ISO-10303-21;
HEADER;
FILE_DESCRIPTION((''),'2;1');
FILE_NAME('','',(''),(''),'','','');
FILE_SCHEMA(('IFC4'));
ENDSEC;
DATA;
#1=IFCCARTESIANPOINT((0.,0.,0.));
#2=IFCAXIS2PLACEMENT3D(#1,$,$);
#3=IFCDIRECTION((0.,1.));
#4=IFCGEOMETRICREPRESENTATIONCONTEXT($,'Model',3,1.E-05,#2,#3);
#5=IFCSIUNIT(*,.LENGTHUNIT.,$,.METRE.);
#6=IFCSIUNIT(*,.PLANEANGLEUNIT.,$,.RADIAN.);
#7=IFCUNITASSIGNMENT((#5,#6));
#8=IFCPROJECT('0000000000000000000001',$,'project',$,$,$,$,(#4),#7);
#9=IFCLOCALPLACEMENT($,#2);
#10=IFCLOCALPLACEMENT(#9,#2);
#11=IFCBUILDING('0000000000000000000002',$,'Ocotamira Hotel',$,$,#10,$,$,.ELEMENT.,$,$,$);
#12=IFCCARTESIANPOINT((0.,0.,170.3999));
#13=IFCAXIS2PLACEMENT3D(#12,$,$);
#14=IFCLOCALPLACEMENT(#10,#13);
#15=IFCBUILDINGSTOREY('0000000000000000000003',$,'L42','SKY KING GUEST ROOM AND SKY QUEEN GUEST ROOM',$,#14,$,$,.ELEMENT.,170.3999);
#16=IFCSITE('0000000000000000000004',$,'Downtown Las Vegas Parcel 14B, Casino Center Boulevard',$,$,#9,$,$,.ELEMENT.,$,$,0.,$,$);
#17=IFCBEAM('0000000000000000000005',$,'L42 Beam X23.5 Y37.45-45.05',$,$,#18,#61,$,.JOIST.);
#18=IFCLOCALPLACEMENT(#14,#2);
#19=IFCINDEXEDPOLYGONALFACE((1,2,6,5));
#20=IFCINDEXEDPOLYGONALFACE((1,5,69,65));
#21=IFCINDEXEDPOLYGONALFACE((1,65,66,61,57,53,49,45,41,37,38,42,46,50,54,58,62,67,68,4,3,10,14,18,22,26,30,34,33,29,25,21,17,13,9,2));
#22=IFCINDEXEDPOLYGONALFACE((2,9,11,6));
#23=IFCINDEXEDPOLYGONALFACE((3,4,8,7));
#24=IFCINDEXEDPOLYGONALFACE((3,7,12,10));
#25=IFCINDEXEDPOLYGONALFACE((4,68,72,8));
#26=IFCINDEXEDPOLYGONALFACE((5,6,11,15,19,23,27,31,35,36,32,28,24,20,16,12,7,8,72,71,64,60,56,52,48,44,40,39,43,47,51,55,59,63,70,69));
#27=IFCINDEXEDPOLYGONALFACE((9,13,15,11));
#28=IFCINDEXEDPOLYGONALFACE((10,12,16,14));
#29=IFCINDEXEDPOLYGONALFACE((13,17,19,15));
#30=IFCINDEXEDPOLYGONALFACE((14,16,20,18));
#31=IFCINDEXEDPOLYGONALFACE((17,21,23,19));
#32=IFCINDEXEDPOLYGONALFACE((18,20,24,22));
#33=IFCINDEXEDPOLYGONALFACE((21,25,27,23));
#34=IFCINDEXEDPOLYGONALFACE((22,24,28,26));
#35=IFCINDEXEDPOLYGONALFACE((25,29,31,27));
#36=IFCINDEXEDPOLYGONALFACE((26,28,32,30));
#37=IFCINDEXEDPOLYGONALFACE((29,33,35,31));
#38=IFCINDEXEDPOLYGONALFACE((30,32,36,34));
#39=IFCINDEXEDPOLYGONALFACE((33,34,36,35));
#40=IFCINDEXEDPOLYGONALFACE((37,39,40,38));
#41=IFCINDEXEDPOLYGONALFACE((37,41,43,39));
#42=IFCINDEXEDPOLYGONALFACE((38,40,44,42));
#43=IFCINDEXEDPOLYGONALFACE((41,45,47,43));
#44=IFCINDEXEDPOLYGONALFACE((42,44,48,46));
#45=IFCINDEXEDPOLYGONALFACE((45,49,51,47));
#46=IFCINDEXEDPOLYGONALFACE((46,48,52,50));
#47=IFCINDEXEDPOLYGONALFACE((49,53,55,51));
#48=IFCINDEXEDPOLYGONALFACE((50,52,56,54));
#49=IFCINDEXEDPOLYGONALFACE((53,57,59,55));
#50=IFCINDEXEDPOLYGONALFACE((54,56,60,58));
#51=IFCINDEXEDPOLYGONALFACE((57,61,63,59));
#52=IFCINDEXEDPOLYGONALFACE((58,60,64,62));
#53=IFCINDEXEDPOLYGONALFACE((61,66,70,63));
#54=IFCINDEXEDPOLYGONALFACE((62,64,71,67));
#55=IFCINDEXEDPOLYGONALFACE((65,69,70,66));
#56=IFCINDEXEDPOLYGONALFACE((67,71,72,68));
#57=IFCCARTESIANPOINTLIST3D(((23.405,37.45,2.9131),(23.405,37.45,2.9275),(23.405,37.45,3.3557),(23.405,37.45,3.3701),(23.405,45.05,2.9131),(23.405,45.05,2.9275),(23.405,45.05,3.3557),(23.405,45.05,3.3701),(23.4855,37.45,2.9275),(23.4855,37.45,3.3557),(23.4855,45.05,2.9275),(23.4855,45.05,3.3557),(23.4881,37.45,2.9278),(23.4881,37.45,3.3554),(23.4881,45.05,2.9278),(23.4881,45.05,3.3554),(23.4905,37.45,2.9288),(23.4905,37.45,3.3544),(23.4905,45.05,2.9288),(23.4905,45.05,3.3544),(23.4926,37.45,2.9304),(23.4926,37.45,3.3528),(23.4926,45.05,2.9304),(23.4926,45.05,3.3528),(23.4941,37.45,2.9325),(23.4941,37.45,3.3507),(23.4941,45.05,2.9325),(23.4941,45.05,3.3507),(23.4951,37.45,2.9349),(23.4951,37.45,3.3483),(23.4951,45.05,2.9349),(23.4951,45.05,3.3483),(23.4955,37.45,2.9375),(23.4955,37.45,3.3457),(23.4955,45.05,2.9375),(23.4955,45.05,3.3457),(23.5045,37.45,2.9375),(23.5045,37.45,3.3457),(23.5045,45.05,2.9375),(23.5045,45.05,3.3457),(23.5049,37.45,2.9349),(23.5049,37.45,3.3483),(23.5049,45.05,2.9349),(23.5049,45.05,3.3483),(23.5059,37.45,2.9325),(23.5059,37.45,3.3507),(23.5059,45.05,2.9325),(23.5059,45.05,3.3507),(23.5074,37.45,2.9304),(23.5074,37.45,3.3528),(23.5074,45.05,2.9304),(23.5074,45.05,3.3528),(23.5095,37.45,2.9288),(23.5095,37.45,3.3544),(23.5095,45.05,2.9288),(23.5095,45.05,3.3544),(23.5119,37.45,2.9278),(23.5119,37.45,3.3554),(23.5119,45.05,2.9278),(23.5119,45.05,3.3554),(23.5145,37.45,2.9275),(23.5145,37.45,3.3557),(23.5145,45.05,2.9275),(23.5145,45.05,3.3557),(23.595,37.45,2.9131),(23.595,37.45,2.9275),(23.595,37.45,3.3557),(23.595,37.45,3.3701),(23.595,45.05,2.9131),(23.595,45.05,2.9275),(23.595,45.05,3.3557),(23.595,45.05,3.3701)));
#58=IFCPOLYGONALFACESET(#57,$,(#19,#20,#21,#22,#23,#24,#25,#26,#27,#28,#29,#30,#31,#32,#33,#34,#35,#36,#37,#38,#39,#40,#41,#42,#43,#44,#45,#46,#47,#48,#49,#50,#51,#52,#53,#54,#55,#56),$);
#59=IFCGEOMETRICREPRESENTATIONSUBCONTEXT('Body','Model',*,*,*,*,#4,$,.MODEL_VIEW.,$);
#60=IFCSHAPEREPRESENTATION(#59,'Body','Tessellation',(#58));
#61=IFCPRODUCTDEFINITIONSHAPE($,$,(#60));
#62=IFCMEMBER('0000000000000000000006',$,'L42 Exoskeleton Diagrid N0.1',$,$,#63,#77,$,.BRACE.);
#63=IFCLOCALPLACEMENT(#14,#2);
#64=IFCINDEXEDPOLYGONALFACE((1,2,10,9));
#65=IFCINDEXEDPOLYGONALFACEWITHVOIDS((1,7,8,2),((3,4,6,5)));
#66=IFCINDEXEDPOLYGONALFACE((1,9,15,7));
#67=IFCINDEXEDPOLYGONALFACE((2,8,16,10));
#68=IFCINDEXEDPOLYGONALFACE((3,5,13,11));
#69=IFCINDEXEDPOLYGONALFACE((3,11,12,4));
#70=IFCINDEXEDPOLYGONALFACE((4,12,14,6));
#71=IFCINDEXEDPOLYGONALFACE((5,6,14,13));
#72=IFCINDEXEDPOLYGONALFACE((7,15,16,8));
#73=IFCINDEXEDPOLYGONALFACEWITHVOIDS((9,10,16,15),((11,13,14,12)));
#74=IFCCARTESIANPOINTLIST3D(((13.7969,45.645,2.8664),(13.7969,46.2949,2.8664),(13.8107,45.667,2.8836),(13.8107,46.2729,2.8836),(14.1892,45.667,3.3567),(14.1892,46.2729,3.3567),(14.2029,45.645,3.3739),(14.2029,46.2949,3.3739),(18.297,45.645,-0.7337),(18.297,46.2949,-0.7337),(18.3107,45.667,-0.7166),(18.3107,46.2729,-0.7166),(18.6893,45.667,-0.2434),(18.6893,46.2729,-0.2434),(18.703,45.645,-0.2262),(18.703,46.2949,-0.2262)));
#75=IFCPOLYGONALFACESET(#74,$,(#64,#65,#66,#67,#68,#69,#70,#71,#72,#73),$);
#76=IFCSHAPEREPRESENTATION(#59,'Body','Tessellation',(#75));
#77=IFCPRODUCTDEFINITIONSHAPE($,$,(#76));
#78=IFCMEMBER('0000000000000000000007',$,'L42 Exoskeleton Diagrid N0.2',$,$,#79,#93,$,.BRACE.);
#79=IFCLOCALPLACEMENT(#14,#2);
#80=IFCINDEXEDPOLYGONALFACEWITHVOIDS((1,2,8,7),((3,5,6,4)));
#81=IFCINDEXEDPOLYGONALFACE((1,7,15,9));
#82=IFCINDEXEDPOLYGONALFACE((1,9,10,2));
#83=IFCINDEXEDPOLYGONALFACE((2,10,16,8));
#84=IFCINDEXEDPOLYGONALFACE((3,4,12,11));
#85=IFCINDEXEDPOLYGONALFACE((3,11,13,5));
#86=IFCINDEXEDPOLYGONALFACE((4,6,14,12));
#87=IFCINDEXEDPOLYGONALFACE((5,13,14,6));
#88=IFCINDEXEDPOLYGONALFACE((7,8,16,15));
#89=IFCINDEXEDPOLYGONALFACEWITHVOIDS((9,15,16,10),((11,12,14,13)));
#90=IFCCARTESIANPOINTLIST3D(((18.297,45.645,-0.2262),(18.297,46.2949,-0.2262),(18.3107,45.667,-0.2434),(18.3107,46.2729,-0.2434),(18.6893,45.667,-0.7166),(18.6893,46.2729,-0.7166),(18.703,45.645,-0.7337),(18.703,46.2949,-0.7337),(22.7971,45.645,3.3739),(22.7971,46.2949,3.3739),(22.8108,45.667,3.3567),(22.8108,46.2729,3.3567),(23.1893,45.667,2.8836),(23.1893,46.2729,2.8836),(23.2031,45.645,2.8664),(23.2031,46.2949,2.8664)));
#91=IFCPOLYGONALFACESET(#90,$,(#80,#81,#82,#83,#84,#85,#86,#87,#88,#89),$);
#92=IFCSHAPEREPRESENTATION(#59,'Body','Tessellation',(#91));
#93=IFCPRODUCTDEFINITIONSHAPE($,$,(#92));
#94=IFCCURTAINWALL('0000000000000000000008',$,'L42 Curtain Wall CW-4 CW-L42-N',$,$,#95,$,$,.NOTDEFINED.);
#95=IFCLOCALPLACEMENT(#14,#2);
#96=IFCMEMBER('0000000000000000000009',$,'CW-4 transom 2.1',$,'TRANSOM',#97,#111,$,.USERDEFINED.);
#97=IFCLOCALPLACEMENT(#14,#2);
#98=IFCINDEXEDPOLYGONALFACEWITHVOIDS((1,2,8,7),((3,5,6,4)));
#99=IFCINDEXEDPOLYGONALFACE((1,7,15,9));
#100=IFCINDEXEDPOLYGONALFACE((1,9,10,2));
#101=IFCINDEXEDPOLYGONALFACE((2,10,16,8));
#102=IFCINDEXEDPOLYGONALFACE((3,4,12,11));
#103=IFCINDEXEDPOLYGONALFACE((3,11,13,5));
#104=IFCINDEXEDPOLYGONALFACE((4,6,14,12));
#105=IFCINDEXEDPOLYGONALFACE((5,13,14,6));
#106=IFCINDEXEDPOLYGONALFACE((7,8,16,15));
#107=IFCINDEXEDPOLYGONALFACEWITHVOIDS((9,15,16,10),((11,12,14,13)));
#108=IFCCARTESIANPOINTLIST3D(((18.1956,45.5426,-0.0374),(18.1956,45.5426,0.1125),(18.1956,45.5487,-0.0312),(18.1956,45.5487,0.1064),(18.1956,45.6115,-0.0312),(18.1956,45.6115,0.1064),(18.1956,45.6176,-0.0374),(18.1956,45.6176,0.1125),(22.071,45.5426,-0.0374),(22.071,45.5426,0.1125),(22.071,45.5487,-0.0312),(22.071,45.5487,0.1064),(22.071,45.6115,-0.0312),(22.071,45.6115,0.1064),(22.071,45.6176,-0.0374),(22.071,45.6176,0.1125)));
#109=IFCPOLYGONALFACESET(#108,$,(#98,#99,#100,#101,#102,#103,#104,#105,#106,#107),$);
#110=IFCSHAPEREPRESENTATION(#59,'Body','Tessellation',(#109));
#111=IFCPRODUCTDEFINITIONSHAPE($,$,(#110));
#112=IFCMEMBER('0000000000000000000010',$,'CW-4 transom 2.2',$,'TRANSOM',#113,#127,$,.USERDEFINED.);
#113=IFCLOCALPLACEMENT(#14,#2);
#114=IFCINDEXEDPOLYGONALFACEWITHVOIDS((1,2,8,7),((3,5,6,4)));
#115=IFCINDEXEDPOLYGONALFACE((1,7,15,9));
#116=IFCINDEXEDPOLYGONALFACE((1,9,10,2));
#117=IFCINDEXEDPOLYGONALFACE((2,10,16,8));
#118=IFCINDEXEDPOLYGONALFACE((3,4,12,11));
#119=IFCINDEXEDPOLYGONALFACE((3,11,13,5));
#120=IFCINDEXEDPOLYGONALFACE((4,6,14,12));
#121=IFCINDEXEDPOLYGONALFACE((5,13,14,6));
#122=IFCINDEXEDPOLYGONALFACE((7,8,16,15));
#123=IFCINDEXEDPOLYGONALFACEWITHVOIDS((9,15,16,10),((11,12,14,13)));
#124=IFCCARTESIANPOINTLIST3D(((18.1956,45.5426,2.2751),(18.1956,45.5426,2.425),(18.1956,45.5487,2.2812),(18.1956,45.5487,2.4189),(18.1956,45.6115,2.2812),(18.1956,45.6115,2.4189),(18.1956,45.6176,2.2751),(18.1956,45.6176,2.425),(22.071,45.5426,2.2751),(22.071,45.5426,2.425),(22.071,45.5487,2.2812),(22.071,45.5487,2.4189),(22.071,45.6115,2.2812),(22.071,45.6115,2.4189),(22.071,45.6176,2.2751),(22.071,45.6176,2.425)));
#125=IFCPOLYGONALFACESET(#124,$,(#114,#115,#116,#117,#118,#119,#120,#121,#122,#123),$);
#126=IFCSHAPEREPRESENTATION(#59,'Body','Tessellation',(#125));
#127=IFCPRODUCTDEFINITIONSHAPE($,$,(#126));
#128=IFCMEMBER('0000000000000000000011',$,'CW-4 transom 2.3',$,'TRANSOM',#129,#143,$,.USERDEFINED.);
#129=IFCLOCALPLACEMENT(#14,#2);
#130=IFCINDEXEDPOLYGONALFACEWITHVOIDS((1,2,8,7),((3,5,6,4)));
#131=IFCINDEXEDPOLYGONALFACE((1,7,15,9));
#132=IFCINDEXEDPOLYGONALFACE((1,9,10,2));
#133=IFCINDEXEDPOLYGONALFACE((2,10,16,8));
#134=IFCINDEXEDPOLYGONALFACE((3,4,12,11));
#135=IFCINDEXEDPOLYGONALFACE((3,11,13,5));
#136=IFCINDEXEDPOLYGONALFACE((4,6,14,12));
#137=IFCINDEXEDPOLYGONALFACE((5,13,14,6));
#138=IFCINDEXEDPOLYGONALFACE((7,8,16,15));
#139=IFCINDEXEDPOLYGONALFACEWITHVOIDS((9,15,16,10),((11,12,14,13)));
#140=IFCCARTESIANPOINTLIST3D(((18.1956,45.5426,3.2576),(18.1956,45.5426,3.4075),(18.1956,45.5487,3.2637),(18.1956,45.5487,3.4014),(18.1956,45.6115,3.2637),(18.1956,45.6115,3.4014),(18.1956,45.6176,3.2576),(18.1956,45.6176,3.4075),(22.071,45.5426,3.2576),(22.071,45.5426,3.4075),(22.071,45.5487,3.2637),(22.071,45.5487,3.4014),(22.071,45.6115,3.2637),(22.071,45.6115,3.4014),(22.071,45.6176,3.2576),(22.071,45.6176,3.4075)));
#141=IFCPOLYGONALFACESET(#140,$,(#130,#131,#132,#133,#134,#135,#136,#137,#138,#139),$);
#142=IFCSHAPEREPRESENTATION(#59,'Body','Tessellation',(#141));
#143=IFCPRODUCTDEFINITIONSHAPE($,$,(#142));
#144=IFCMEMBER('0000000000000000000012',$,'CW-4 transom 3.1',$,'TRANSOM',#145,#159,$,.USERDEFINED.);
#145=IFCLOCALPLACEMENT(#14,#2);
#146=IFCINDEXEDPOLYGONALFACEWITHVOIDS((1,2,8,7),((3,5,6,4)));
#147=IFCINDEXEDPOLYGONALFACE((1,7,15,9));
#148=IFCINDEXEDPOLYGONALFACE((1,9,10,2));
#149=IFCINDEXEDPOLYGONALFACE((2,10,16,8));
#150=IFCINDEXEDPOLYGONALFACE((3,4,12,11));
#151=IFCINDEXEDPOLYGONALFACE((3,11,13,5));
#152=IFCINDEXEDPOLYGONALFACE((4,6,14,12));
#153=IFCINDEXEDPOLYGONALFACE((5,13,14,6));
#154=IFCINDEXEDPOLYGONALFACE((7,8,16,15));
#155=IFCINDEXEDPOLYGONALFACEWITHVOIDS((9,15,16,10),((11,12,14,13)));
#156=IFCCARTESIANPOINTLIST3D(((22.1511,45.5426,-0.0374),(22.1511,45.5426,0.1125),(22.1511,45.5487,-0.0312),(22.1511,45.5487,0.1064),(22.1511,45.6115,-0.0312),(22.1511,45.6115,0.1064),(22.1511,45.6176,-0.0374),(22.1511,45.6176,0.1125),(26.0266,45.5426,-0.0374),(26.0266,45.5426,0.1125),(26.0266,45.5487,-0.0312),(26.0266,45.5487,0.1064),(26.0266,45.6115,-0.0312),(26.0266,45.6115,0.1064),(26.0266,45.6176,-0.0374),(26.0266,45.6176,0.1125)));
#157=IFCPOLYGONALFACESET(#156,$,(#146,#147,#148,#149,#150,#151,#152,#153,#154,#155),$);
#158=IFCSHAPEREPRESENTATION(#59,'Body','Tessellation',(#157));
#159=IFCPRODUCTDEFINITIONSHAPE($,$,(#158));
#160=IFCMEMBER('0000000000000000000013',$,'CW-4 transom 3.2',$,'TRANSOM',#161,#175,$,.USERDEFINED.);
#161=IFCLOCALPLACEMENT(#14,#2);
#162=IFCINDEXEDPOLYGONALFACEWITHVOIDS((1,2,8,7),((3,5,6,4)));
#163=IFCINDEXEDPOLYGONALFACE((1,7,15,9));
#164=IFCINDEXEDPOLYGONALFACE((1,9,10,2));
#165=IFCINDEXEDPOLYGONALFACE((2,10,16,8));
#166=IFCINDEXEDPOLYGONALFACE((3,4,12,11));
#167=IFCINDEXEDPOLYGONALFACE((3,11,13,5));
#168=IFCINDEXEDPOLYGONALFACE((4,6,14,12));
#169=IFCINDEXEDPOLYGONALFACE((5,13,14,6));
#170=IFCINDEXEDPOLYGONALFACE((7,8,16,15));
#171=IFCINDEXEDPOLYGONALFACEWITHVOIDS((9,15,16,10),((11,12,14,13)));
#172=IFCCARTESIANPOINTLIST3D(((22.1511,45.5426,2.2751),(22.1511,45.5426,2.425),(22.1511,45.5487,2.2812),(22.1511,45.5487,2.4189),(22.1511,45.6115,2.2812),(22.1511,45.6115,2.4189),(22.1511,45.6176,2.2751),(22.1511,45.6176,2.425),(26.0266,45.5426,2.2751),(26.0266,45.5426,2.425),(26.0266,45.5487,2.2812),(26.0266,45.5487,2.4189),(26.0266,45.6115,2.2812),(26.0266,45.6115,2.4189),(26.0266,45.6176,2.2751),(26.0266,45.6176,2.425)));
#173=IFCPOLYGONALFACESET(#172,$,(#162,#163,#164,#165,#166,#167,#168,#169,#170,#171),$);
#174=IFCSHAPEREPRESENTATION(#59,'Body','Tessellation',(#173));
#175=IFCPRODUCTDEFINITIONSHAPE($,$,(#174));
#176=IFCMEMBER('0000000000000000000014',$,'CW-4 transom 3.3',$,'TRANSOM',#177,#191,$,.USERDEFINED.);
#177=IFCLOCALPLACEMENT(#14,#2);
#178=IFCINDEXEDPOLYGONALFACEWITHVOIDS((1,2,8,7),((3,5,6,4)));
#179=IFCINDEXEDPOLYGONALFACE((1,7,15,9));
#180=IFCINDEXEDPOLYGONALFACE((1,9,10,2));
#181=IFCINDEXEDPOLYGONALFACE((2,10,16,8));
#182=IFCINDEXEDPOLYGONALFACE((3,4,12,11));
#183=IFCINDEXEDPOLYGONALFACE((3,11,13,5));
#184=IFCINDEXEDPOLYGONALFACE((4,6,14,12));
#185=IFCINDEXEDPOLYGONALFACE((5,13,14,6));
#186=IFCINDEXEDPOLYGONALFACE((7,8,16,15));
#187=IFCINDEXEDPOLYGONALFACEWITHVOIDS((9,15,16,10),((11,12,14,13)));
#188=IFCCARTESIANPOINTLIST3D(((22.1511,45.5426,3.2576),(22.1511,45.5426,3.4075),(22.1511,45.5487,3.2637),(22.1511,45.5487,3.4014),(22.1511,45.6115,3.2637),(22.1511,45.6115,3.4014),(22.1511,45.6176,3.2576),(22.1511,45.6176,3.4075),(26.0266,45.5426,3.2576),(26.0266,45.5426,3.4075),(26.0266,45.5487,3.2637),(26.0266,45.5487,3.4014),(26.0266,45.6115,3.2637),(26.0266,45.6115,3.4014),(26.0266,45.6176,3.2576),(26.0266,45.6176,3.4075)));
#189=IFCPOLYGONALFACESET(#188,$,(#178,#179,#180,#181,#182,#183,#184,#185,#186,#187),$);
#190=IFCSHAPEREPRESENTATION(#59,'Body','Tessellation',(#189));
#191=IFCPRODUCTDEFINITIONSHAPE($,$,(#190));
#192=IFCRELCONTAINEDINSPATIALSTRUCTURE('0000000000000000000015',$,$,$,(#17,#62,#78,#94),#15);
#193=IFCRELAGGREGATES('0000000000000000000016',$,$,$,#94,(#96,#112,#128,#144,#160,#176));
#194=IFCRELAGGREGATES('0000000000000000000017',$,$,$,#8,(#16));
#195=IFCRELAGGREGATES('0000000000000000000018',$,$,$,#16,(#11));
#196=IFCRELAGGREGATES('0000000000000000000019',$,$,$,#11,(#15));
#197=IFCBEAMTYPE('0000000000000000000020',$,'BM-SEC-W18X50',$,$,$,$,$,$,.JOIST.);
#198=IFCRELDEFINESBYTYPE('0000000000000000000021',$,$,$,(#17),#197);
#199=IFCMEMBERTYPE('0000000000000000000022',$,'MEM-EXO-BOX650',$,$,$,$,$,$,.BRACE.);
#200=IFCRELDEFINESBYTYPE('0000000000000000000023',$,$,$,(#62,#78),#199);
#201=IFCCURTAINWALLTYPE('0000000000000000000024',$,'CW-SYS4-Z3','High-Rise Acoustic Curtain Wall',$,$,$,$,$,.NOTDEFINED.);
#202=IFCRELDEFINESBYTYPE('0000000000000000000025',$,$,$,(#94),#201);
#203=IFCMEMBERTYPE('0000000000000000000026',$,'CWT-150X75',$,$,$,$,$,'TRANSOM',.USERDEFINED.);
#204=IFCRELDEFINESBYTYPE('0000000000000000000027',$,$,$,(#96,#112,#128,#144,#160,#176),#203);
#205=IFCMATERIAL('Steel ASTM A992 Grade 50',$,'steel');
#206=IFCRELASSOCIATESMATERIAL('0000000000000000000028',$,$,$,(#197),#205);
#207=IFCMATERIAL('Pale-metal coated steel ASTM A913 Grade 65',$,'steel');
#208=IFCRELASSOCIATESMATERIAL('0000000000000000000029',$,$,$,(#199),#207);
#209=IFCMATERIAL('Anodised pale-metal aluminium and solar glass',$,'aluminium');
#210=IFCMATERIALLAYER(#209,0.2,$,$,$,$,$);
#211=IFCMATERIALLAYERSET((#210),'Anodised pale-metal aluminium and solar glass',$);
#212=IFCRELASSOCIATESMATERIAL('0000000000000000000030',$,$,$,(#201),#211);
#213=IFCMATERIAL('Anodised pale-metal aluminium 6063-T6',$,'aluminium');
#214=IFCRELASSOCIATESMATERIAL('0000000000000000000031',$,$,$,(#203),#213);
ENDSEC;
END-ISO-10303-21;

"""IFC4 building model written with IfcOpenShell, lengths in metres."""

from ifc_helpers import new_model, si_unit, direction, frame, origin, origin_2d, place, context, subcontext, project, spatial, hollow_rectangle, i_section, extrude, source, transform, mapped, material, layer, layer_set, material_profile, profile_set, type_object, element, aggregate, save


model = new_model("IFC4")

# Units and contexts
model_context = context("Model", 3, precision=1e-05, world=origin(), true_north=direction((0.0, 1.0)))
body_context = subcontext(model_context, "Body", "Model", "MODEL_VIEW")
ifc_project = project(units=[si_unit("LENGTHUNIT", "METRE"), si_unit("PLANEANGLEUNIT", "RADIAN")], contexts=[model_context])

# Site, building, storey
site_placement = place(None, origin())
site = spatial("IfcSite", under=ifc_project, at=site_placement, Name="Downtown Las Vegas Parcel 14B, Casino Center Boulevard", CompositionType="ELEMENT", RefElevation=0.0)
building_placement = place(site_placement, origin())
building = spatial("IfcBuilding", under=site, at=building_placement, Name="Ocotamira Hotel", CompositionType="ELEMENT")
storey_placement = place(building_placement, frame((0.0, 0.0, 170.3999)))
storey = spatial("IfcBuildingStorey", under=building, at=storey_placement, Name="L42", Description="SKY KING GUEST ROOM AND SKY QUEEN GUEST ROOM", CompositionType="ELEMENT", Elevation=170.3999)

# Beam
ifc_material_1 = material(Name="Steel ASTM A992 Grade 50", Category="steel")
ifc_material_profile_1 = material_profile(ifc_material_1, i_section(OverallWidth=0.1899, OverallDepth=0.457, WebThickness=0.009, FlangeThickness=0.0144, FilletRadius=0.01, at=origin_2d()), Name="W18X50")
ifc_profile_set_1 = profile_set([ifc_material_profile_1], Name="Steel ASTM A992 Grade 50")
beam_type_1 = type_object("IfcBeamType", Name="BM-SEC-W18X50", PredefinedType="JOIST", material=ifc_profile_set_1)
shared_shape_1 = source(origin(), body_context, "Body", "SweptSolid", [
    extrude(i_section(OverallWidth=0.1899, OverallDepth=0.457, WebThickness=0.009, FlangeThickness=0.0144, FilletRadius=0.01, at=origin_2d()), origin(), (0.0, 0.0, 1.0), 7.6001),
])
beam_1_placement = place(storey_placement, frame((23.5, 37.45, 3.1416), z_axis=(0.0, 1.0, 0.0), x_axis=(-1.0, 0.0, 0.0)))
element("IfcBeam", 1, at=beam_1_placement, inside=storey, type_object=beam_type_1, Name="L42 Beam X23.5 Y37.45-45.05", PredefinedType="JOIST", context=body_context, shape_type="MappedRepresentation", body=[
    mapped(shared_shape_1, transform((0.0, 0.0, 0.0), scale=1.0)),
])

# Members
ifc_material_2 = material(Name="Pale-metal coated steel ASTM A913 Grade 65", Category="steel")
ifc_material_profile_2 = material_profile(ifc_material_2, hollow_rectangle(XDim=0.6499, YDim=0.6499, WallThickness=0.022, at=origin_2d()), Name="BOX650X650X22")
ifc_profile_set_2 = profile_set([ifc_material_profile_2], Name="Pale-metal coated steel ASTM A913 Grade 65")
member_type_1 = type_object("IfcMemberType", Name="MEM-EXO-BOX650", PredefinedType="BRACE", material=ifc_profile_set_2)
shared_shape_2 = source(origin(), body_context, "Body", "SweptSolid", [
    extrude(hollow_rectangle(XDim=0.6499, YDim=0.6499, WallThickness=0.022, at=origin_2d()), origin(), (0.0, 0.0, 1.0), 5.7629),
])
for number, where, z_axis, x_axis, name in (
    (2, (18.5, 45.97, -0.48), (-0.780861, 0.0, 0.624705), (0.0, -1.0, 0.0), "L42 Exoskeleton Diagrid N0.1"),
    (3, (18.5, 45.97, -0.48), (0.780861, 0.0, 0.624705), (0.0, 1.0, 0.0), "L42 Exoskeleton Diagrid N0.2"),
):
    element("IfcMember", number, at=place(storey_placement, frame(where, z_axis=z_axis, x_axis=x_axis)), inside=storey, type_object=member_type_1, Name=name, PredefinedType="BRACE", context=body_context, shape_type="MappedRepresentation", body=[
        mapped(shared_shape_2, transform((0.0, 0.0, 0.0), scale=1.0)),
    ])

# Curtain wall, members
ifc_material_3 = material(Name="Anodised pale-metal aluminium and solar glass", Category="aluminium")
ifc_layer_1 = layer(ifc_material_3, 0.2)
ifc_layer_set_1 = layer_set([ifc_layer_1], Name="Anodised pale-metal aluminium and solar glass")
curtain_wall_type = type_object("IfcCurtainWallType", Name="CW-SYS4-Z3", Description="High-Rise Acoustic Curtain Wall", PredefinedType="NOTDEFINED", material=ifc_layer_set_1)
curtain_wall_placement = place(storey_placement, origin())
curtain_wall = element("IfcCurtainWall", 4, at=curtain_wall_placement, inside=storey, type_object=curtain_wall_type, Name="L42 Curtain Wall CW-4 CW-L42-N", PredefinedType="NOTDEFINED")
ifc_material_4 = material(Name="Anodised pale-metal aluminium 6063-T6", Category="aluminium")
ifc_material_profile_3 = material_profile(ifc_material_4, hollow_rectangle(XDim=0.075, YDim=0.1499, WallThickness=0.0061, at=origin_2d()), Name="HSS150X75X6")
ifc_profile_set_3 = profile_set([ifc_material_profile_3], Name="Anodised pale-metal aluminium 6063-T6")
member_type_2 = type_object("IfcMemberType", Name="CWT-150X75", ElementType="TRANSOM", PredefinedType="USERDEFINED", material=ifc_profile_set_3)
shared_shape_3 = source(origin(), body_context, "Body", "SweptSolid", [
    extrude(hollow_rectangle(XDim=0.075, YDim=0.1499, WallThickness=0.0061, at=origin_2d()), origin(), (0.0, 0.0, 1.0), 3.8755),
])
member_1_placement = place(storey_placement, frame((18.1956, 45.5801, 0.0376), z_axis=(1.0, 0.0, 0.0), x_axis=(0.0, 1.0, 0.0)))
member_1 = element("IfcMember", 5, at=member_1_placement, type_object=member_type_2, Name="CW-4 transom 2.1", ObjectType="TRANSOM", PredefinedType="USERDEFINED", context=body_context, shape_type="MappedRepresentation", body=[
    mapped(shared_shape_3, transform((0.0, 0.0, 0.0), scale=1.0)),
])
member_2_placement = place(storey_placement, frame((18.1956, 45.5801, 2.3501), z_axis=(1.0, 0.0, 0.0), x_axis=(0.0, 1.0, 0.0)))
member_2 = element("IfcMember", 6, at=member_2_placement, type_object=member_type_2, Name="CW-4 transom 2.2", ObjectType="TRANSOM", PredefinedType="USERDEFINED", context=body_context, shape_type="MappedRepresentation", body=[
    mapped(shared_shape_3, transform((0.0, 0.0, 0.0), scale=1.0)),
])
member_3_placement = place(storey_placement, frame((18.1956, 45.5801, 3.3325), z_axis=(1.0, 0.0, 0.0), x_axis=(0.0, 1.0, 0.0)))
member_3 = element("IfcMember", 7, at=member_3_placement, type_object=member_type_2, Name="CW-4 transom 2.3", ObjectType="TRANSOM", PredefinedType="USERDEFINED", context=body_context, shape_type="MappedRepresentation", body=[
    mapped(shared_shape_3, transform((0.0, 0.0, 0.0), scale=1.0)),
])
member_4_placement = place(storey_placement, frame((22.1511, 45.5801, 0.0376), z_axis=(1.0, 0.0, 0.0), x_axis=(0.0, 1.0, 0.0)))
member_4 = element("IfcMember", 8, at=member_4_placement, type_object=member_type_2, Name="CW-4 transom 3.1", ObjectType="TRANSOM", PredefinedType="USERDEFINED", context=body_context, shape_type="MappedRepresentation", body=[
    mapped(shared_shape_3, transform((0.0, 0.0, 0.0), scale=1.0)),
])
member_5_placement = place(storey_placement, frame((22.1511, 45.5801, 2.3501), z_axis=(1.0, 0.0, 0.0), x_axis=(0.0, 1.0, 0.0)))
member_5 = element("IfcMember", 9, at=member_5_placement, type_object=member_type_2, Name="CW-4 transom 3.2", ObjectType="TRANSOM", PredefinedType="USERDEFINED", context=body_context, shape_type="MappedRepresentation", body=[
    mapped(shared_shape_3, transform((0.0, 0.0, 0.0), scale=1.0)),
])
member_6_placement = place(storey_placement, frame((22.1511, 45.5801, 3.3325), z_axis=(1.0, 0.0, 0.0), x_axis=(0.0, 1.0, 0.0)))
member_6 = element("IfcMember", 10, at=member_6_placement, type_object=member_type_2, Name="CW-4 transom 3.3", ObjectType="TRANSOM", PredefinedType="USERDEFINED", context=body_context, shape_type="MappedRepresentation", body=[
    mapped(shared_shape_3, transform((0.0, 0.0, 0.0), scale=1.0)),
])

aggregate(curtain_wall, [member_1, member_2, member_3, member_4, member_5, member_6])

save(model, "model.ifc")
